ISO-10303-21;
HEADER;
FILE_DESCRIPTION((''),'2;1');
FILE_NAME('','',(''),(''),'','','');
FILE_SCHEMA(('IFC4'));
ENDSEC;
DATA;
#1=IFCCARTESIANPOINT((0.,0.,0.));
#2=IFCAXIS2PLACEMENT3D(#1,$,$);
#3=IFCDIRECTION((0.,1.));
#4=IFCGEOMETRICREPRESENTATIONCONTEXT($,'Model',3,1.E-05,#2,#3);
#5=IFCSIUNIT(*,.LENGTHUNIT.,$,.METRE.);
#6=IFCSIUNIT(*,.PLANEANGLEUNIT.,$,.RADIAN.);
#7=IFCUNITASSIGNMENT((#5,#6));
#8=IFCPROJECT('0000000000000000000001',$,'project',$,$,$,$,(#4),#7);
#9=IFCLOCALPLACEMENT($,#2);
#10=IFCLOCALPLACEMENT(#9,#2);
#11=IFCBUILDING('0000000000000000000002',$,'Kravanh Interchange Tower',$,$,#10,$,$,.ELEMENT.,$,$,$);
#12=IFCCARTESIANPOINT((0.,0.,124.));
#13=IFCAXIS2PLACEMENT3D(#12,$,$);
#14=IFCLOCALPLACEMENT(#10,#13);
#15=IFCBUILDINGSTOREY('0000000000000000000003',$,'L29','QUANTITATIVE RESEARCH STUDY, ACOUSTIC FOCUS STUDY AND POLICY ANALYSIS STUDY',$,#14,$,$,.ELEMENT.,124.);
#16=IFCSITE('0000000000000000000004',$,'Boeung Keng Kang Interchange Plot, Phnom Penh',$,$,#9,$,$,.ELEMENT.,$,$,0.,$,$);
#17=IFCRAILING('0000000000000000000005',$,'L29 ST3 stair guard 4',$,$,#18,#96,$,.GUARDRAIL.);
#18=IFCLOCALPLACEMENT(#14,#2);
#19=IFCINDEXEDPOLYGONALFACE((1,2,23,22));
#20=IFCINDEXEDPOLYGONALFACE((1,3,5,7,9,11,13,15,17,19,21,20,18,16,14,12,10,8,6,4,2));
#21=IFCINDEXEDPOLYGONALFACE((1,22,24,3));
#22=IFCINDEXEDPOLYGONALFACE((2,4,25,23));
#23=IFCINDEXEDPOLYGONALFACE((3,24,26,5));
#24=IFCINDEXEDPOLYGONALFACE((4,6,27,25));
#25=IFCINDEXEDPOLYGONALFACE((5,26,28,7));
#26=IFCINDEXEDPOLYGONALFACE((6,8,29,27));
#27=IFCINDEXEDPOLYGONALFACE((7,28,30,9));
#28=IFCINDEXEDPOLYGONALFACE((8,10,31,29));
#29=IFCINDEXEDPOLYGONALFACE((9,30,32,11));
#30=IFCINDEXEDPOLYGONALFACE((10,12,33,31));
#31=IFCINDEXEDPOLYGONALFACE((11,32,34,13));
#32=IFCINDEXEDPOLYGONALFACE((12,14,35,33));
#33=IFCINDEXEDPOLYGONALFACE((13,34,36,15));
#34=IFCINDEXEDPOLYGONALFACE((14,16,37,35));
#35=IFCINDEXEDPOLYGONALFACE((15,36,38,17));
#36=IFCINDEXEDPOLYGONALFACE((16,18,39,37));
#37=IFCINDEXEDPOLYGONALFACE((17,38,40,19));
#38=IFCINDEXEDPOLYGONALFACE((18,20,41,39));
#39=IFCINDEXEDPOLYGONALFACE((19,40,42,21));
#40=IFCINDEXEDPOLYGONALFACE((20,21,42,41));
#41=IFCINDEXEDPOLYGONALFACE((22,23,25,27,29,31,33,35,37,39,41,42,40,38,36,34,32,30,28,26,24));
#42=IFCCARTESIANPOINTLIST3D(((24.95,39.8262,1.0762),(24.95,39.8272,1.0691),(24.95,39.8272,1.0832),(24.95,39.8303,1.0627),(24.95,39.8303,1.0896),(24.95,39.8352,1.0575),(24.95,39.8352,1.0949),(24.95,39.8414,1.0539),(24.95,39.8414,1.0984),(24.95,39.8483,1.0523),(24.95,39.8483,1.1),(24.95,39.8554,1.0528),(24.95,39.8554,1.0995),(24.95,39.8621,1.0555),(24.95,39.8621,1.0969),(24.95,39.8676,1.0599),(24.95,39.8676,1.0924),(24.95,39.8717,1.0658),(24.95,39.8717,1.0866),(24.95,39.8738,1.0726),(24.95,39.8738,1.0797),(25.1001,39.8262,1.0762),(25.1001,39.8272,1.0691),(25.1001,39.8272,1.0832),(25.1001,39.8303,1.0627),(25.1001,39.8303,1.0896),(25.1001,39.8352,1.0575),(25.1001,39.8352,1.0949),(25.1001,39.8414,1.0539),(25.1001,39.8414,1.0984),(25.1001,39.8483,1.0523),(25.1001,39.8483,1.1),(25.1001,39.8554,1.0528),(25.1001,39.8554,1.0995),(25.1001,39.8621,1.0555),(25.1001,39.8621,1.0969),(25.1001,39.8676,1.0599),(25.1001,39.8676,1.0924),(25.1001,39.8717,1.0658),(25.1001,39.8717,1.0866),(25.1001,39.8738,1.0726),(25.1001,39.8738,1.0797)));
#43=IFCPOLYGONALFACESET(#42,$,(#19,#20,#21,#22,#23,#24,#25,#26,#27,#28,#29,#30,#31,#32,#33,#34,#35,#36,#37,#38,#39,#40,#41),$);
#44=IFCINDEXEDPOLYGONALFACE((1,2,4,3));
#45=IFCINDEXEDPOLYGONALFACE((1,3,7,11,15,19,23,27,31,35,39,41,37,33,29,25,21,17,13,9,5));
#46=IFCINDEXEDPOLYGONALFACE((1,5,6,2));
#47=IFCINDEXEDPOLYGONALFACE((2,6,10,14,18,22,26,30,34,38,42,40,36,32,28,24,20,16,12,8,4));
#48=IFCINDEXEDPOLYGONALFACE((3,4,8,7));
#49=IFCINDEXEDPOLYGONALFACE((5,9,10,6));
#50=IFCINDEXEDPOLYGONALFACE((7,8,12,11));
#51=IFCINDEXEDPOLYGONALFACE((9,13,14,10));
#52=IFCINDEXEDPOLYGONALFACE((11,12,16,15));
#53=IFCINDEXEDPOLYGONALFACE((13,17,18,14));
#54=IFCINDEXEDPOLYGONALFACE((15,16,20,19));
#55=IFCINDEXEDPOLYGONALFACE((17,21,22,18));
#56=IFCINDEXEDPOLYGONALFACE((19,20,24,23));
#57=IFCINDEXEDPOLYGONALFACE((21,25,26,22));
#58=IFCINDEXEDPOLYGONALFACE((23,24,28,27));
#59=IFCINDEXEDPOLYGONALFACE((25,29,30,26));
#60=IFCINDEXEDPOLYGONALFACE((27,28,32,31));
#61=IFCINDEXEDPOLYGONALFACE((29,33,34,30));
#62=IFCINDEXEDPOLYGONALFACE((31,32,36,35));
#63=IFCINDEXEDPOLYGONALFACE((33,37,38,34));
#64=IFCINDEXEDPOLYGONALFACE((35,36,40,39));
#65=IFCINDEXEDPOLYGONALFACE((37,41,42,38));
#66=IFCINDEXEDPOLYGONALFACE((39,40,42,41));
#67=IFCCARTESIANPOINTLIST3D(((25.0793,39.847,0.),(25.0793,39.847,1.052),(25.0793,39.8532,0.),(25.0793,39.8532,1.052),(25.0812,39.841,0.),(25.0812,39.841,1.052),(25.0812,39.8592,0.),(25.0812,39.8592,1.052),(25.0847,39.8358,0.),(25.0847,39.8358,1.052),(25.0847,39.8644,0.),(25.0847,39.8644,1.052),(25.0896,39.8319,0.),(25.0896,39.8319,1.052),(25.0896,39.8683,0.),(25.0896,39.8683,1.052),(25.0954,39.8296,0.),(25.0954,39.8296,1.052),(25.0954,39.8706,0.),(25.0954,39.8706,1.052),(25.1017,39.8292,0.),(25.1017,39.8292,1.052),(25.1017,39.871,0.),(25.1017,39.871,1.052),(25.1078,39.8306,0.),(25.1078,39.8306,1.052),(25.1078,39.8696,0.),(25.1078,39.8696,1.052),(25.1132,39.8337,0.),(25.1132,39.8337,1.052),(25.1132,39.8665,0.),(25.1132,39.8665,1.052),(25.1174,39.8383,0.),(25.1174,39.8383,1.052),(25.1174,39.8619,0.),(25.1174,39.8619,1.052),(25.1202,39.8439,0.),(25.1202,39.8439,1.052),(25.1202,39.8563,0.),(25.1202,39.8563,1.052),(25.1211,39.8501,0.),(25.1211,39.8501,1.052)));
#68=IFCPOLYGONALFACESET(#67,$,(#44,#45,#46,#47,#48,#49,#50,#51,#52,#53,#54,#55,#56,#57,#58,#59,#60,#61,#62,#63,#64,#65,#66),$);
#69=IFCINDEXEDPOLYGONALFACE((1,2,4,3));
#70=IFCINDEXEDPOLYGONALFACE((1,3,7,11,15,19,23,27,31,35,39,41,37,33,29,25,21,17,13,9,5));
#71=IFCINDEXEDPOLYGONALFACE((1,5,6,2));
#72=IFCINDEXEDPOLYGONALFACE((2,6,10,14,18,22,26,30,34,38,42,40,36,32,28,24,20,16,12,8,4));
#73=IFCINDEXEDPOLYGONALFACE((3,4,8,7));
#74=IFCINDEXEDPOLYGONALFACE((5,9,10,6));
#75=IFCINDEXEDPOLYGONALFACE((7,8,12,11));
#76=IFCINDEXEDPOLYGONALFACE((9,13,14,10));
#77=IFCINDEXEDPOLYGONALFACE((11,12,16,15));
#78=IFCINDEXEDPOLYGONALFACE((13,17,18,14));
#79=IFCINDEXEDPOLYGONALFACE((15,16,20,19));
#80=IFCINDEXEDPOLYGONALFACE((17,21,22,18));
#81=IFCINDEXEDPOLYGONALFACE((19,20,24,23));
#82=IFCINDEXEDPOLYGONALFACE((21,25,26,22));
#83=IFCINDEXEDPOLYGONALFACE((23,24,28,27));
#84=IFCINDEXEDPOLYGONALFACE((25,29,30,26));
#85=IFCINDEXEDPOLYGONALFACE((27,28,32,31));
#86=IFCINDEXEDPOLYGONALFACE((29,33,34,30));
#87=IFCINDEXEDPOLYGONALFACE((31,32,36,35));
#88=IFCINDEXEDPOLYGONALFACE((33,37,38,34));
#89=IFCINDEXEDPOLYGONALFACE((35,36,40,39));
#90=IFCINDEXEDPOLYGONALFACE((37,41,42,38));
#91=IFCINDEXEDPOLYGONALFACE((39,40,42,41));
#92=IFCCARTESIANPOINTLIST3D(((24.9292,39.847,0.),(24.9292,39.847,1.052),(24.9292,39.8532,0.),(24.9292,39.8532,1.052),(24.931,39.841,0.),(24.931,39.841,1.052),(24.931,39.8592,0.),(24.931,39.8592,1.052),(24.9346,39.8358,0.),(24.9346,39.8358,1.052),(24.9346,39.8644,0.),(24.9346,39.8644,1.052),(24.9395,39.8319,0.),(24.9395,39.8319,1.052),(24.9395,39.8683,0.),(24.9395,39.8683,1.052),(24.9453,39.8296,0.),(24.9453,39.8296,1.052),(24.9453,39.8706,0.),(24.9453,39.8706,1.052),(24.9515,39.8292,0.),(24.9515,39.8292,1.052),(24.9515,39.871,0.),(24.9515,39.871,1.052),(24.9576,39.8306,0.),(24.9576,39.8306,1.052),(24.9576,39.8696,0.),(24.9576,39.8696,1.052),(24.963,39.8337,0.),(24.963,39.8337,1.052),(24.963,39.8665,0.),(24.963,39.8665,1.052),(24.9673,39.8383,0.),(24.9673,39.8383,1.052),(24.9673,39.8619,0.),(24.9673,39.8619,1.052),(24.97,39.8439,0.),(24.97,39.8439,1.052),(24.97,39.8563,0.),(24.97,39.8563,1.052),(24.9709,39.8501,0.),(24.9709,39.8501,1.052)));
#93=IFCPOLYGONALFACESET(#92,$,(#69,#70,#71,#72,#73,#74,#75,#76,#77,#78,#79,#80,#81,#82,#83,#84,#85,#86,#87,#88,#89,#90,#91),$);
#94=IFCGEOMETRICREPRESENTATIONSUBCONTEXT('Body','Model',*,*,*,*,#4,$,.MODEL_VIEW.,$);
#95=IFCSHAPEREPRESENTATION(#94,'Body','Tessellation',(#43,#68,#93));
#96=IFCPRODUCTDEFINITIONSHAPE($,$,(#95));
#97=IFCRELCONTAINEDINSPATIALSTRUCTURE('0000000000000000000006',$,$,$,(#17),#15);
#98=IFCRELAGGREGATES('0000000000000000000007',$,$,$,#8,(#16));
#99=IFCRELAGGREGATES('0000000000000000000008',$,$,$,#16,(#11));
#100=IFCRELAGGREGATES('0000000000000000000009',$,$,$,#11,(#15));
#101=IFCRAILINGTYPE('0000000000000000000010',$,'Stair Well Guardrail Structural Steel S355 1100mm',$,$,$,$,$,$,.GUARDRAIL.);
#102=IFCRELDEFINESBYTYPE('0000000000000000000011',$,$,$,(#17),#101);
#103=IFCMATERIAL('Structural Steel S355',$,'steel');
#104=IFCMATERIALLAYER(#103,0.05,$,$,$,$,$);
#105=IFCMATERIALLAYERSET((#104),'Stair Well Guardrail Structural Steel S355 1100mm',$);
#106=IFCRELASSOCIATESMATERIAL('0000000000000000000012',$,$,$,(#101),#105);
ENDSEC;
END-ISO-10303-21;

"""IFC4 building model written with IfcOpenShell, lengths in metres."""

from ifc_helpers import new_model, si_unit, direction, frame, origin, origin_2d, place, context, subcontext, project, spatial, circle, extrude, material, layer, layer_set, type_object, element, save


model = new_model("IFC4")

# Units and contexts
model_context = context("Model", 3, precision=1e-05, world=origin(), true_north=direction((0.0, 1.0)))
body_context = subcontext(model_context, "Body", "Model", "MODEL_VIEW")
ifc_project = project(units=[si_unit("LENGTHUNIT", "METRE"), si_unit("PLANEANGLEUNIT", "RADIAN")], contexts=[model_context])

# Site, building, storey
site_placement = place(None, origin())
site = spatial("IfcSite", under=ifc_project, at=site_placement, Name="Boeung Keng Kang Interchange Plot, Phnom Penh", CompositionType="ELEMENT", RefElevation=0.0)
building_placement = place(site_placement, origin())
building = spatial("IfcBuilding", under=site, at=building_placement, Name="Kravanh Interchange Tower", CompositionType="ELEMENT")
storey_placement = place(building_placement, frame((0.0, 0.0, 124.0)))
storey = spatial("IfcBuildingStorey", under=building, at=storey_placement, Name="L29", Description="QUANTITATIVE RESEARCH STUDY, ACOUSTIC FOCUS STUDY AND POLICY ANALYSIS STUDY", CompositionType="ELEMENT", Elevation=124.0)

# Railing
ifc_material_1 = material(Name="Structural Steel S355", Category="steel")
ifc_layer_1 = layer(ifc_material_1, 0.05)
ifc_layer_set_1 = layer_set([ifc_layer_1], Name="Stair Well Guardrail Structural Steel S355 1100mm")
railing_type_1 = type_object("IfcRailingType", Name="Stair Well Guardrail Structural Steel S355 1100mm", PredefinedType="GUARDRAIL", material=ifc_layer_set_1)
railing_1_placement = place(storey_placement, frame((25.1001, 39.8501, 0.0)))
element("IfcRailing", 1, at=railing_1_placement, inside=storey, type_object=railing_type_1, Name="L29 ST3 stair guard 4", PredefinedType="GUARDRAIL", context=body_context, shape_type="SweptSolid", body=[
    extrude(circle(Radius=0.0239, at=origin_2d()), frame((0.0, 0.0, 1.0762), z_axis=(-1.0, 0.0, 0.0), x_axis=(0.0, -1.0, 0.0)), (0.0, 0.0, 1.0), 0.1501),
    extrude(circle(Radius=0.021, at=origin_2d()), origin(), (0.0, 0.0, 1.0), 1.052),
    extrude(circle(Radius=0.021, at=origin_2d()), frame((-0.1501, 0.0, 0.0)), (0.0, 0.0, 1.0), 1.052),
])

save(model, "model.ifc")
